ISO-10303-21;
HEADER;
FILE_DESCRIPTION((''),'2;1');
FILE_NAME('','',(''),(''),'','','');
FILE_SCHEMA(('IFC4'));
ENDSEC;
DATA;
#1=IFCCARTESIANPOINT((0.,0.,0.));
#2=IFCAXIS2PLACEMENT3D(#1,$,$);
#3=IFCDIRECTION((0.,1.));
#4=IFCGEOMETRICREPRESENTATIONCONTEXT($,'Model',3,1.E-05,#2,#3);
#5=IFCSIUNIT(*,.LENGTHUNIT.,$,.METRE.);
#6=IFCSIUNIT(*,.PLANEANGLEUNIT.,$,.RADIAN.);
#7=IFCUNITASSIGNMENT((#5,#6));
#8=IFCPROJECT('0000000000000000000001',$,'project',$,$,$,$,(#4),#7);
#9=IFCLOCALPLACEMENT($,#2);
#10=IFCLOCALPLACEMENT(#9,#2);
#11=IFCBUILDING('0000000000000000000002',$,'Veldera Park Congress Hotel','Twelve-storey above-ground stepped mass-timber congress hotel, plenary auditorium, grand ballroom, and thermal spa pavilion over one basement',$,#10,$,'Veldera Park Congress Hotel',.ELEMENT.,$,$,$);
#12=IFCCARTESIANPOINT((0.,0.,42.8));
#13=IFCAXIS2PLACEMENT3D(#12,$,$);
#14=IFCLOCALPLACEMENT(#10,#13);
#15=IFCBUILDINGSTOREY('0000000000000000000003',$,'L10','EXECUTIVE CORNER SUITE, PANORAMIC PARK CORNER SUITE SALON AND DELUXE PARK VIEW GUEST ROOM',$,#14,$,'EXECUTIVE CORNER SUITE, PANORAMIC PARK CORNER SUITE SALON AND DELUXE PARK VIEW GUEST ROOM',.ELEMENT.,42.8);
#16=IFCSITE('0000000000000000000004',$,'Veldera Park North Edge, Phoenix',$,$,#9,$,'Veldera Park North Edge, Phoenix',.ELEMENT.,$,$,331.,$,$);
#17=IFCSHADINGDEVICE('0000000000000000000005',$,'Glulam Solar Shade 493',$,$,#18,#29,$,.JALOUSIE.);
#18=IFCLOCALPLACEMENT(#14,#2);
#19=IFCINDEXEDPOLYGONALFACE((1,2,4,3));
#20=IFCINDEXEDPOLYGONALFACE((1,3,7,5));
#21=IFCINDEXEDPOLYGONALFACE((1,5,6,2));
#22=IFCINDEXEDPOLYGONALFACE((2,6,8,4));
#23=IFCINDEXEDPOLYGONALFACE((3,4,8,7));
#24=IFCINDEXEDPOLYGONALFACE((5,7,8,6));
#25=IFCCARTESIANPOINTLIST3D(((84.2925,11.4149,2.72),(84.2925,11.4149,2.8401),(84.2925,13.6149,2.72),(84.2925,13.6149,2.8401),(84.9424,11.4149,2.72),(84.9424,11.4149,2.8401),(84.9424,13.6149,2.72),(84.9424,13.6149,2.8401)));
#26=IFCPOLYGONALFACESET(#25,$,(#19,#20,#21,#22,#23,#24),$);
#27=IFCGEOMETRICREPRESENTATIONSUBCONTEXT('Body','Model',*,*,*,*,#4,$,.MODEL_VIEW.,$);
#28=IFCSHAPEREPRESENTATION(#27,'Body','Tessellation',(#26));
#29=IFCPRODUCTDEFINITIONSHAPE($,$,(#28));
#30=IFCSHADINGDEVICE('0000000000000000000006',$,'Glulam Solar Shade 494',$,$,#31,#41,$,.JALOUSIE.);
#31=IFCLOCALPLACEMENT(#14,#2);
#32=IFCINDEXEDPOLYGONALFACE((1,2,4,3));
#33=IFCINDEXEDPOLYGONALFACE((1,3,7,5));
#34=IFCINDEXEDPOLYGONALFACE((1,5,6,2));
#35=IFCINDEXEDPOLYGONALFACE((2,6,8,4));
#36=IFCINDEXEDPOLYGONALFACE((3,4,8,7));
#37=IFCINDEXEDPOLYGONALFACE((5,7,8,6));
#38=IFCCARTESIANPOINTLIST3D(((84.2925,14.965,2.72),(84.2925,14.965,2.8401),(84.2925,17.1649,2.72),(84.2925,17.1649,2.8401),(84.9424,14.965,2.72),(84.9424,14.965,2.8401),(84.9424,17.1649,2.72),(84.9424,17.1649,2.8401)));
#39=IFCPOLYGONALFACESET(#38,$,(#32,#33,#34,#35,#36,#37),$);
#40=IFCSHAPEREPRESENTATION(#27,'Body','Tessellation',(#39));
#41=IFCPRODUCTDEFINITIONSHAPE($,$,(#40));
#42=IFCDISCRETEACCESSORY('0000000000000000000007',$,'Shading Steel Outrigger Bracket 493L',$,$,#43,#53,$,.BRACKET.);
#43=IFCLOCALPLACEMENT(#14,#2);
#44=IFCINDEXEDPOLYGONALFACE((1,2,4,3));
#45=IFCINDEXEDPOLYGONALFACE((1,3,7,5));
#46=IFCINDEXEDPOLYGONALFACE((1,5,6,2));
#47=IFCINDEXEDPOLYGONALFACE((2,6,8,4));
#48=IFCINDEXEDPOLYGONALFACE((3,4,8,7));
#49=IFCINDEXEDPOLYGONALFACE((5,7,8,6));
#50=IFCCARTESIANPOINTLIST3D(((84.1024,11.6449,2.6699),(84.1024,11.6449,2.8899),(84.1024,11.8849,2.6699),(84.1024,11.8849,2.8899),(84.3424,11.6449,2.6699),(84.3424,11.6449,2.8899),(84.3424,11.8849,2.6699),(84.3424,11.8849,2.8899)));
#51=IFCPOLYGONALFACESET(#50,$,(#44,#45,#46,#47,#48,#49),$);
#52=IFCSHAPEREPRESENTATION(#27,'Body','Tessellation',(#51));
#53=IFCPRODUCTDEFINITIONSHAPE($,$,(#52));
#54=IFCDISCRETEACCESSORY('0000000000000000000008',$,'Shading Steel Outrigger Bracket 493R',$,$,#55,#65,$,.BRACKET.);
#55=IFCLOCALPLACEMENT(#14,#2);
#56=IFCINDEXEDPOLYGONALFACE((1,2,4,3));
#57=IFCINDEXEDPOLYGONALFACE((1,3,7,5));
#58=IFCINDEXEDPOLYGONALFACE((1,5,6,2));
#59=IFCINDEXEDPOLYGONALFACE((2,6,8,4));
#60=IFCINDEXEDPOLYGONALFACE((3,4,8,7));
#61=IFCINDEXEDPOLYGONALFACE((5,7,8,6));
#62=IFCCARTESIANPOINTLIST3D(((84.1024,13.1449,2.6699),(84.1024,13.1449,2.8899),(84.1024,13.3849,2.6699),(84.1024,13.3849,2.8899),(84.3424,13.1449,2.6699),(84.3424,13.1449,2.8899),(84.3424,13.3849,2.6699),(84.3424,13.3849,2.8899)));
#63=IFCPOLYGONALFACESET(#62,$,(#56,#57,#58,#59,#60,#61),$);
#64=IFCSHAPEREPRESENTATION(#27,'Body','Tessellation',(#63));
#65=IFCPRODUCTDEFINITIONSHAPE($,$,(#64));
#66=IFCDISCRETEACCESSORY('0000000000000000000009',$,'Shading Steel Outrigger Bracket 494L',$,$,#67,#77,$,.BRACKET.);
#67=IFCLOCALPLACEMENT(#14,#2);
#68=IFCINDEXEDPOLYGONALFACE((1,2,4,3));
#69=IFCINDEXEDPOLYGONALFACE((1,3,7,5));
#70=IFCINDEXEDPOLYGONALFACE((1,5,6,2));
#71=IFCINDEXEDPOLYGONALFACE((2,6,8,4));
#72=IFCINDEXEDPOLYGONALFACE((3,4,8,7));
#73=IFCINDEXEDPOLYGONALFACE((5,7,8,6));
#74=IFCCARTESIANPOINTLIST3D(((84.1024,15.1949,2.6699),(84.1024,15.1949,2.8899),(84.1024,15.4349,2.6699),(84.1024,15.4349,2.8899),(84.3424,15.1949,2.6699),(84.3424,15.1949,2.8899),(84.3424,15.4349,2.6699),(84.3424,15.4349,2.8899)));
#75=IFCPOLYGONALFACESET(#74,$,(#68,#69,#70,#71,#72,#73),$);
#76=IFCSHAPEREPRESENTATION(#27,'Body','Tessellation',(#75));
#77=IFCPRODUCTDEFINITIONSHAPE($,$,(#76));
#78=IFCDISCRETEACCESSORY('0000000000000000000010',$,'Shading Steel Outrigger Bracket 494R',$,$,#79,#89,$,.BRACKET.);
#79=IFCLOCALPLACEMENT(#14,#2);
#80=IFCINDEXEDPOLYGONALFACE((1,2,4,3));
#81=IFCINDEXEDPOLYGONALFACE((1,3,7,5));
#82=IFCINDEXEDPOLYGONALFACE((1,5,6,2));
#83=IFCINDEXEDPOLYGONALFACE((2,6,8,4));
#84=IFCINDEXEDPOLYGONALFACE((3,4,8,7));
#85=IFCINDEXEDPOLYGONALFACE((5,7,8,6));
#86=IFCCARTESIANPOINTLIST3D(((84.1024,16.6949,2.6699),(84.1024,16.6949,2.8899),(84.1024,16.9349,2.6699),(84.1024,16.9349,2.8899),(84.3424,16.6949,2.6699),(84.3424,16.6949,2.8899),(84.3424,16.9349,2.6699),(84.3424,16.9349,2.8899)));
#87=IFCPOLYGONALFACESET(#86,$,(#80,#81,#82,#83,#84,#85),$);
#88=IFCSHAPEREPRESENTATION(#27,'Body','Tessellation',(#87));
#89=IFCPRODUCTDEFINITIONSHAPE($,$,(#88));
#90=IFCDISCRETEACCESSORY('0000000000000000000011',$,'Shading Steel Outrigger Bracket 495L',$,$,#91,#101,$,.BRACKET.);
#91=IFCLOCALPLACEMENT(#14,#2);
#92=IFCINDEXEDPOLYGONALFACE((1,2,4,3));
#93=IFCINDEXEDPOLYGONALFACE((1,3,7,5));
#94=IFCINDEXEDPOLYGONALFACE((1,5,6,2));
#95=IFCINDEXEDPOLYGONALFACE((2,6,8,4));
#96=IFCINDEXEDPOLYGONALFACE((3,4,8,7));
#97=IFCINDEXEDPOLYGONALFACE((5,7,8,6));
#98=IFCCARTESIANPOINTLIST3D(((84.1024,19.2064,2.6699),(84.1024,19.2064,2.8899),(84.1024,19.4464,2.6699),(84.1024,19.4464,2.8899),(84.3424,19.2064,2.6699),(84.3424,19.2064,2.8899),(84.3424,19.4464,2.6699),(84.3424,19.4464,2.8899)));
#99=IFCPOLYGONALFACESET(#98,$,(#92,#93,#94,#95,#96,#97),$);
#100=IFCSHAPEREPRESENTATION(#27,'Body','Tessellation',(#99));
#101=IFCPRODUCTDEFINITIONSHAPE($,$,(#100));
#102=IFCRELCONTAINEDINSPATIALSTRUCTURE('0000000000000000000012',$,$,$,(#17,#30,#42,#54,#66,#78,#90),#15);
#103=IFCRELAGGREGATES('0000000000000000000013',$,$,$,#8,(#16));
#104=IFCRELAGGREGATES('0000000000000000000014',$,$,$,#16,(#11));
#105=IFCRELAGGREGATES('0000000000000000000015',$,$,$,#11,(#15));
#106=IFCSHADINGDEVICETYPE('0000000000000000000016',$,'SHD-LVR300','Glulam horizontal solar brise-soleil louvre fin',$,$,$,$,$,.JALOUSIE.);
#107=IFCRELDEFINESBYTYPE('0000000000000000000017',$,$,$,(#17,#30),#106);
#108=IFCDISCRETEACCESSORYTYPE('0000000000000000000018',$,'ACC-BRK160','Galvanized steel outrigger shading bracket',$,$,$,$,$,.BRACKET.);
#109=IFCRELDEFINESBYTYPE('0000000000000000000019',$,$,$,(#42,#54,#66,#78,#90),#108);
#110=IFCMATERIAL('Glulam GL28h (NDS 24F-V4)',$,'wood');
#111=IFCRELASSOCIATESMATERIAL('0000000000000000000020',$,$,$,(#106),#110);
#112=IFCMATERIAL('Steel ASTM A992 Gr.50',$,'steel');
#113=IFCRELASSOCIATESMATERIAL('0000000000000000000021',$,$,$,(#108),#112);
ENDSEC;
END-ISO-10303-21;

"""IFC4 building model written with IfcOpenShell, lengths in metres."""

from ifc_helpers import new_model, si_unit, direction, frame, origin, origin_2d, place, context, subcontext, project, spatial, rectangle, extrude, material, type_object, element, save


model = new_model("IFC4")

# Units and contexts
model_context = context("Model", 3, precision=1e-05, world=origin(), true_north=direction((0.0, 1.0)))
body_context = subcontext(model_context, "Body", "Model", "MODEL_VIEW")
ifc_project = project(units=[si_unit("LENGTHUNIT", "METRE"), si_unit("PLANEANGLEUNIT", "RADIAN")], contexts=[model_context])

# Site, building, storey
site_placement = place(None, origin())
site = spatial("IfcSite", under=ifc_project, at=site_placement, Name="Veldera Park North Edge, Phoenix", LongName="Veldera Park North Edge, Phoenix", CompositionType="ELEMENT", RefElevation=331.0)
building_placement = place(site_placement, origin())
building = spatial("IfcBuilding", under=site, at=building_placement, Name="Veldera Park Congress Hotel", Description="Twelve-storey above-ground stepped mass-timber congress hotel, plenary auditorium, grand ballroom, and thermal spa pavilion over one basement", LongName="Veldera Park Congress Hotel", CompositionType="ELEMENT")
storey_placement = place(building_placement, frame((0.0, 0.0, 42.8)))
storey = spatial("IfcBuildingStorey", under=building, at=storey_placement, Name="L10", Description="EXECUTIVE CORNER SUITE, PANORAMIC PARK CORNER SUITE SALON AND DELUXE PARK VIEW GUEST ROOM", LongName="EXECUTIVE CORNER SUITE, PANORAMIC PARK CORNER SUITE SALON AND DELUXE PARK VIEW GUEST ROOM", CompositionType="ELEMENT", Elevation=42.8)

# Shared definitions
ifc_material_1 = material(Name="Glulam GL28h (NDS 24F-V4)", Category="wood")

# Shading devices
shading_device_type = type_object("IfcShadingDeviceType", Name="SHD-LVR300", Description="Glulam horizontal solar brise-soleil louvre fin", PredefinedType="JALOUSIE", material=ifc_material_1)
for number, where, z_axis, x_axis, name in (
    (1, (84.6174, 12.5149, 2.72), (0.0, 0.0, 1.0), (0.0, 1.0, 0.0), "Glulam Solar Shade 493"),
    (2, (84.6174, 16.0649, 2.72), (0.0, 0.0, 1.0), (0.0, 1.0, 0.0), "Glulam Solar Shade 494"),
):
    element("IfcShadingDevice", number, at=place(storey_placement, frame(where, z_axis=z_axis, x_axis=x_axis)), inside=storey, type_object=shading_device_type, Name=name, PredefinedType="JALOUSIE", context=body_context, shape_type="SweptSolid", body=[
        extrude(rectangle(XDim=2.2, YDim=0.6499, at=origin_2d()), origin(), (0.0, 0.0, 1.0), 0.1201),
    ])

# Discrete accessories
ifc_material_2 = material(Name="Steel ASTM A992 Gr.50", Category="steel")
discrete_accessory_type = type_object("IfcDiscreteAccessoryType", Name="ACC-BRK160", Description="Galvanized steel outrigger shading bracket", PredefinedType="BRACKET", material=ifc_material_2)
for number, where, z_axis, x_axis, name in (
    (3, (84.2224, 11.7649, 2.6699), (0.0, 0.0, 1.0), (0.0, 1.0, 0.0), "Shading Steel Outrigger Bracket 493L"),
    (4, (84.2224, 13.2649, 2.6699), (0.0, 0.0, 1.0), (0.0, 1.0, 0.0), "Shading Steel Outrigger Bracket 493R"),
    (5, (84.2224, 15.3149, 2.6699), (0.0, 0.0, 1.0), (0.0, 1.0, 0.0), "Shading Steel Outrigger Bracket 494L"),
    (6, (84.2224, 16.8149, 2.6699), (0.0, 0.0, 1.0), (0.0, 1.0, 0.0), "Shading Steel Outrigger Bracket 494R"),
    (7, (84.2224, 19.3264, 2.6699), (0.0, 0.0, 1.0), (0.0, 1.0, 0.0), "Shading Steel Outrigger Bracket 495L"),
):
    element("IfcDiscreteAccessory", number, at=place(storey_placement, frame(where, z_axis=z_axis, x_axis=x_axis)), inside=storey, type_object=discrete_accessory_type, Name=name, PredefinedType="BRACKET", context=body_context, shape_type="SweptSolid", body=[
        extrude(rectangle(XDim=0.24, YDim=0.24, at=origin_2d()), origin(), (0.0, 0.0, 1.0), 0.22),
    ])

save(model, "model.ifc")
